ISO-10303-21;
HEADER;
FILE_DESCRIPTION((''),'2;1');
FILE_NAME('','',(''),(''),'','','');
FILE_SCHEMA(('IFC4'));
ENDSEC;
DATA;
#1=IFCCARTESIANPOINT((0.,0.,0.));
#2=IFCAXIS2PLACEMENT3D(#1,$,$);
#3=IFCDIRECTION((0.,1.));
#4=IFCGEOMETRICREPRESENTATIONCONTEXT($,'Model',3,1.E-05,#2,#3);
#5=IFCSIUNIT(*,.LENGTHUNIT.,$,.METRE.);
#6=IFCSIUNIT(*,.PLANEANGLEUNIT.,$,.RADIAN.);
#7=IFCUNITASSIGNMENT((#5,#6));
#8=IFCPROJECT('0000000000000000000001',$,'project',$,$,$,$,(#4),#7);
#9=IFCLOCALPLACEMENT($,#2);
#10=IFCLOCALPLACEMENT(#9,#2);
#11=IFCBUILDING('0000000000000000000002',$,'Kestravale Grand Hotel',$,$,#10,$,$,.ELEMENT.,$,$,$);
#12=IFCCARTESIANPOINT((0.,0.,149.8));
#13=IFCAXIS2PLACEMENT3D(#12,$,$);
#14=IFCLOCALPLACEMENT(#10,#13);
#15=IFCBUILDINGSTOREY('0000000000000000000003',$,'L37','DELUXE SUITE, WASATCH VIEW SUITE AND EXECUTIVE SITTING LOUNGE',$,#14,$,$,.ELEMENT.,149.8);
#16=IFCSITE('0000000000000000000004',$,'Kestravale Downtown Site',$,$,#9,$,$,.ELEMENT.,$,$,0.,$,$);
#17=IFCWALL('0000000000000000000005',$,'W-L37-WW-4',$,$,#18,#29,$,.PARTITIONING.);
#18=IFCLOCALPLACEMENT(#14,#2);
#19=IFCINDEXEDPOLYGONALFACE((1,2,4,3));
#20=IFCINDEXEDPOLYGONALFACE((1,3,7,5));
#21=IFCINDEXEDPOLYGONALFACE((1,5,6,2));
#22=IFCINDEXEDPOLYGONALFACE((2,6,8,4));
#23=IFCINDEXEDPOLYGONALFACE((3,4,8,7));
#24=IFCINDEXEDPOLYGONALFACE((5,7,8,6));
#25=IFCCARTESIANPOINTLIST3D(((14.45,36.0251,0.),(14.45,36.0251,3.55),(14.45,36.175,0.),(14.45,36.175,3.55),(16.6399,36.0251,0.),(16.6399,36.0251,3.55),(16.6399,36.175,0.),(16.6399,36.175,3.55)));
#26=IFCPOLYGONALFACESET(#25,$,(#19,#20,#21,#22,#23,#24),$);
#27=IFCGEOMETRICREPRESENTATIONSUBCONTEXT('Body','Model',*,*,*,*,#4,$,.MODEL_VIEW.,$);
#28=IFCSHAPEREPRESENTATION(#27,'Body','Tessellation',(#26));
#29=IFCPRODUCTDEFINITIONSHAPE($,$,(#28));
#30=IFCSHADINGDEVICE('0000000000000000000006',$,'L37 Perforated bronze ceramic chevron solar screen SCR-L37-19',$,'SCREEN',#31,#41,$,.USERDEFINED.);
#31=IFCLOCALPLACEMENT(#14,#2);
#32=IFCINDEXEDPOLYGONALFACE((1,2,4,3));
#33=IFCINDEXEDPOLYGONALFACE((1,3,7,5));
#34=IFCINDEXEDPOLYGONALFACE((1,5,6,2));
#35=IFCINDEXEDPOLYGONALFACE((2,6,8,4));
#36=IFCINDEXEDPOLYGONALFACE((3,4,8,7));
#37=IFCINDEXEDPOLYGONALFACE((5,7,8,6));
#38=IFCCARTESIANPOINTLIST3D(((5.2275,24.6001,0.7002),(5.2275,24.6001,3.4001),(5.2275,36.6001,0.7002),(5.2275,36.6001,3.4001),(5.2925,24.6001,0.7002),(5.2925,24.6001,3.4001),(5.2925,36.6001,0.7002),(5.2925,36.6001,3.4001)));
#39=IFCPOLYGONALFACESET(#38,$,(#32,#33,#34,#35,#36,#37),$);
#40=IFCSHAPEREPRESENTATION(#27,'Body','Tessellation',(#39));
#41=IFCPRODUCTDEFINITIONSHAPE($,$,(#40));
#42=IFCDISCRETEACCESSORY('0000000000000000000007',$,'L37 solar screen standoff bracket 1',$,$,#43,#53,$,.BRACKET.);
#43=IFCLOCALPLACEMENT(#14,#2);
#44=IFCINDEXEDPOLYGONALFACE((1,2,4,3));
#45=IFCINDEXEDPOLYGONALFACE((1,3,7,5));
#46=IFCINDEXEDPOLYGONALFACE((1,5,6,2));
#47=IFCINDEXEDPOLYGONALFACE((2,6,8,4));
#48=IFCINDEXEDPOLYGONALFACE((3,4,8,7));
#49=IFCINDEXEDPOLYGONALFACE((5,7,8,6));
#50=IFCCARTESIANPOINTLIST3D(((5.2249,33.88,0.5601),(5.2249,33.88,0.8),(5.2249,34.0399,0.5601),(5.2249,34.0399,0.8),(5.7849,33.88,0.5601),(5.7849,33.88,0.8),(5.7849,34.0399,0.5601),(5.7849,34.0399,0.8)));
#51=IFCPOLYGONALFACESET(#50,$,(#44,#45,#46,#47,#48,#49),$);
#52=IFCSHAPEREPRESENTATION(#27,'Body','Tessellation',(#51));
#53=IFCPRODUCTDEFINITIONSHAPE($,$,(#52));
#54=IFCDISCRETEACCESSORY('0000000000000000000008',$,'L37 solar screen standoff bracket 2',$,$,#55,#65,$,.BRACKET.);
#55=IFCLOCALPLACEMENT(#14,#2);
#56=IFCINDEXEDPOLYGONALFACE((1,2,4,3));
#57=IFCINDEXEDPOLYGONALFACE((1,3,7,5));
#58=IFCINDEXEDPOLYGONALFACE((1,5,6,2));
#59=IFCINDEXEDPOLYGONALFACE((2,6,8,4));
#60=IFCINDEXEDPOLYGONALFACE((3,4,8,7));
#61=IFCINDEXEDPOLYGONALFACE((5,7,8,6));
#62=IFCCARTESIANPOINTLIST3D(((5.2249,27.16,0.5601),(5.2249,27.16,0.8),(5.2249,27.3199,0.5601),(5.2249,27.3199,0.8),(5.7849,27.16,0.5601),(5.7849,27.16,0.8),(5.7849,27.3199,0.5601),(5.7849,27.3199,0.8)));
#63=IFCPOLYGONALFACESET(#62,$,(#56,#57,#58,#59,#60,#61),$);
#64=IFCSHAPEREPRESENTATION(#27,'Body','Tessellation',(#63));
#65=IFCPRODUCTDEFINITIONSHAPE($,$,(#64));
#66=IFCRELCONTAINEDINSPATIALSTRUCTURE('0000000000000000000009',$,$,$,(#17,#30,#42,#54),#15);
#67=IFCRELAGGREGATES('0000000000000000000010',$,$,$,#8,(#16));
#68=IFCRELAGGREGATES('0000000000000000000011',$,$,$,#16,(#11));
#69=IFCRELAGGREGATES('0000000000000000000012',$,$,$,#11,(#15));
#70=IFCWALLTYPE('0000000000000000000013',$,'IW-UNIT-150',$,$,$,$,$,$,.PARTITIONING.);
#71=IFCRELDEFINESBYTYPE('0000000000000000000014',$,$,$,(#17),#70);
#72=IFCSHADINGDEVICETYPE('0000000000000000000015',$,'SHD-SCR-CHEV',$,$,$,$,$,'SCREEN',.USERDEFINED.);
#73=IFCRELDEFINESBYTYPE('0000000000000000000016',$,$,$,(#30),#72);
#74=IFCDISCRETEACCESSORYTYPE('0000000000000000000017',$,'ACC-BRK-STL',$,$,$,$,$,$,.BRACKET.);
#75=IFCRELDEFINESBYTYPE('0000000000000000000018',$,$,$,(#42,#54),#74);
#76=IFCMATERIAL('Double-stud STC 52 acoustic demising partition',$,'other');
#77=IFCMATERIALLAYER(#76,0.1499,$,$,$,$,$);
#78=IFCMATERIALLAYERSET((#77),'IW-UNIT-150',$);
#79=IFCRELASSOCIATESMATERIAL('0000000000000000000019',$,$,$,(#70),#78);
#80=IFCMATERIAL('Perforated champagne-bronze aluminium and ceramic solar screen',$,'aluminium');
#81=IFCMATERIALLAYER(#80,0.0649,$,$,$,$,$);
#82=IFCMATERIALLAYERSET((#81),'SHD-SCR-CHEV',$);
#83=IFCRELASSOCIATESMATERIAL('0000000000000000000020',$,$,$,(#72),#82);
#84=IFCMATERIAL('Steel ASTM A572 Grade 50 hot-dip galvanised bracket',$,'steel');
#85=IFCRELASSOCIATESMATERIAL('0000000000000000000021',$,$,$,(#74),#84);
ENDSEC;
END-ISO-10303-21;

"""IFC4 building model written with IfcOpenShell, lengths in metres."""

from ifc_helpers import new_model, si_unit, direction, frame, frame_2d, origin, origin_2d, place, context, subcontext, project, spatial, rectangle, extrude, material, layer, layer_set, type_object, element, save


model = new_model("IFC4")

# Units and contexts
model_context = context("Model", 3, precision=1e-05, world=origin(), true_north=direction((0.0, 1.0)))
body_context = subcontext(model_context, "Body", "Model", "MODEL_VIEW")
ifc_project = project(units=[si_unit("LENGTHUNIT", "METRE"), si_unit("PLANEANGLEUNIT", "RADIAN")], contexts=[model_context])

# Site, building, storey
site_placement = place(None, origin())
site = spatial("IfcSite", under=ifc_project, at=site_placement, Name="Kestravale Downtown Site", CompositionType="ELEMENT", RefElevation=0.0)
building_placement = place(site_placement, origin())
building = spatial("IfcBuilding", under=site, at=building_placement, Name="Kestravale Grand Hotel", CompositionType="ELEMENT")
storey_placement = place(building_placement, frame((0.0, 0.0, 149.8)))
storey = spatial("IfcBuildingStorey", under=building, at=storey_placement, Name="L37", Description="DELUXE SUITE, WASATCH VIEW SUITE AND EXECUTIVE SITTING LOUNGE", CompositionType="ELEMENT", Elevation=149.8)

# Wall
ifc_material_1 = material(Name="Double-stud STC 52 acoustic demising partition", Category="other")
ifc_layer_1 = layer(ifc_material_1, 0.1499)
ifc_layer_set_1 = layer_set([ifc_layer_1], Name="IW-UNIT-150")
wall_type_1 = type_object("IfcWallType", Name="IW-UNIT-150", PredefinedType="PARTITIONING", material=ifc_layer_set_1)
wall_1_placement = place(storey_placement, frame((14.45, 36.1001, 0.0), z_axis=(0.0, 0.0, 1.0), x_axis=(1.0, 0.0, 0.0)))
element("IfcWall", 1, at=wall_1_placement, inside=storey, type_object=wall_type_1, Name="W-L37-WW-4", PredefinedType="PARTITIONING", context=body_context, shape_type="SweptSolid", body=[
    extrude(rectangle(XDim=2.1899, YDim=0.1499, at=frame_2d((1.095, 0.0))), origin(), (0.0, 0.0, 1.0), 3.55),
])

# Shading device
ifc_material_2 = material(Name="Perforated champagne-bronze aluminium and ceramic solar screen", Category="aluminium")
ifc_layer_2 = layer(ifc_material_2, 0.0649)
ifc_layer_set_2 = layer_set([ifc_layer_2], Name="SHD-SCR-CHEV")
shading_device_type = type_object("IfcShadingDeviceType", Name="SHD-SCR-CHEV", ElementType="SCREEN", PredefinedType="USERDEFINED", material=ifc_layer_set_2)
shading_device_placement = place(storey_placement, frame((5.26, 30.6001, 0.7002), z_axis=(0.0, 0.0, 1.0), x_axis=(0.0, -1.0, 0.0)))
element("IfcShadingDevice", 2, at=shading_device_placement, inside=storey, type_object=shading_device_type, Name="L37 Perforated bronze ceramic chevron solar screen SCR-L37-19", ObjectType="SCREEN", PredefinedType="USERDEFINED", context=body_context, shape_type="SweptSolid", body=[
    extrude(rectangle(XDim=12.0, YDim=0.0649, at=origin_2d()), origin(), (0.0, 0.0, 1.0), 2.7),
])

# Discrete accessories
ifc_material_3 = material(Name="Steel ASTM A572 Grade 50 hot-dip galvanised bracket", Category="steel")
discrete_accessory_type = type_object("IfcDiscreteAccessoryType", Name="ACC-BRK-STL", PredefinedType="BRACKET", material=ifc_material_3)
for number, where, z_axis, x_axis, name in (
    (3, (5.5049, 33.96, 0.5601), (0.0, 0.0, 1.0), (0.0, -1.0, 0.0), "L37 solar screen standoff bracket 1"),
    (4, (5.5049, 27.24, 0.5601), (0.0, 0.0, 1.0), (0.0, -1.0, 0.0), "L37 solar screen standoff bracket 2"),
):
    element("IfcDiscreteAccessory", number, at=place(storey_placement, frame(where, z_axis=z_axis, x_axis=x_axis)), inside=storey, type_object=discrete_accessory_type, Name=name, PredefinedType="BRACKET", context=body_context, shape_type="SweptSolid", body=[
        extrude(rectangle(XDim=0.1599, YDim=0.5601, at=origin_2d()), origin(), (0.0, 0.0, 1.0), 0.24),
    ])

save(model, "model.ifc")
